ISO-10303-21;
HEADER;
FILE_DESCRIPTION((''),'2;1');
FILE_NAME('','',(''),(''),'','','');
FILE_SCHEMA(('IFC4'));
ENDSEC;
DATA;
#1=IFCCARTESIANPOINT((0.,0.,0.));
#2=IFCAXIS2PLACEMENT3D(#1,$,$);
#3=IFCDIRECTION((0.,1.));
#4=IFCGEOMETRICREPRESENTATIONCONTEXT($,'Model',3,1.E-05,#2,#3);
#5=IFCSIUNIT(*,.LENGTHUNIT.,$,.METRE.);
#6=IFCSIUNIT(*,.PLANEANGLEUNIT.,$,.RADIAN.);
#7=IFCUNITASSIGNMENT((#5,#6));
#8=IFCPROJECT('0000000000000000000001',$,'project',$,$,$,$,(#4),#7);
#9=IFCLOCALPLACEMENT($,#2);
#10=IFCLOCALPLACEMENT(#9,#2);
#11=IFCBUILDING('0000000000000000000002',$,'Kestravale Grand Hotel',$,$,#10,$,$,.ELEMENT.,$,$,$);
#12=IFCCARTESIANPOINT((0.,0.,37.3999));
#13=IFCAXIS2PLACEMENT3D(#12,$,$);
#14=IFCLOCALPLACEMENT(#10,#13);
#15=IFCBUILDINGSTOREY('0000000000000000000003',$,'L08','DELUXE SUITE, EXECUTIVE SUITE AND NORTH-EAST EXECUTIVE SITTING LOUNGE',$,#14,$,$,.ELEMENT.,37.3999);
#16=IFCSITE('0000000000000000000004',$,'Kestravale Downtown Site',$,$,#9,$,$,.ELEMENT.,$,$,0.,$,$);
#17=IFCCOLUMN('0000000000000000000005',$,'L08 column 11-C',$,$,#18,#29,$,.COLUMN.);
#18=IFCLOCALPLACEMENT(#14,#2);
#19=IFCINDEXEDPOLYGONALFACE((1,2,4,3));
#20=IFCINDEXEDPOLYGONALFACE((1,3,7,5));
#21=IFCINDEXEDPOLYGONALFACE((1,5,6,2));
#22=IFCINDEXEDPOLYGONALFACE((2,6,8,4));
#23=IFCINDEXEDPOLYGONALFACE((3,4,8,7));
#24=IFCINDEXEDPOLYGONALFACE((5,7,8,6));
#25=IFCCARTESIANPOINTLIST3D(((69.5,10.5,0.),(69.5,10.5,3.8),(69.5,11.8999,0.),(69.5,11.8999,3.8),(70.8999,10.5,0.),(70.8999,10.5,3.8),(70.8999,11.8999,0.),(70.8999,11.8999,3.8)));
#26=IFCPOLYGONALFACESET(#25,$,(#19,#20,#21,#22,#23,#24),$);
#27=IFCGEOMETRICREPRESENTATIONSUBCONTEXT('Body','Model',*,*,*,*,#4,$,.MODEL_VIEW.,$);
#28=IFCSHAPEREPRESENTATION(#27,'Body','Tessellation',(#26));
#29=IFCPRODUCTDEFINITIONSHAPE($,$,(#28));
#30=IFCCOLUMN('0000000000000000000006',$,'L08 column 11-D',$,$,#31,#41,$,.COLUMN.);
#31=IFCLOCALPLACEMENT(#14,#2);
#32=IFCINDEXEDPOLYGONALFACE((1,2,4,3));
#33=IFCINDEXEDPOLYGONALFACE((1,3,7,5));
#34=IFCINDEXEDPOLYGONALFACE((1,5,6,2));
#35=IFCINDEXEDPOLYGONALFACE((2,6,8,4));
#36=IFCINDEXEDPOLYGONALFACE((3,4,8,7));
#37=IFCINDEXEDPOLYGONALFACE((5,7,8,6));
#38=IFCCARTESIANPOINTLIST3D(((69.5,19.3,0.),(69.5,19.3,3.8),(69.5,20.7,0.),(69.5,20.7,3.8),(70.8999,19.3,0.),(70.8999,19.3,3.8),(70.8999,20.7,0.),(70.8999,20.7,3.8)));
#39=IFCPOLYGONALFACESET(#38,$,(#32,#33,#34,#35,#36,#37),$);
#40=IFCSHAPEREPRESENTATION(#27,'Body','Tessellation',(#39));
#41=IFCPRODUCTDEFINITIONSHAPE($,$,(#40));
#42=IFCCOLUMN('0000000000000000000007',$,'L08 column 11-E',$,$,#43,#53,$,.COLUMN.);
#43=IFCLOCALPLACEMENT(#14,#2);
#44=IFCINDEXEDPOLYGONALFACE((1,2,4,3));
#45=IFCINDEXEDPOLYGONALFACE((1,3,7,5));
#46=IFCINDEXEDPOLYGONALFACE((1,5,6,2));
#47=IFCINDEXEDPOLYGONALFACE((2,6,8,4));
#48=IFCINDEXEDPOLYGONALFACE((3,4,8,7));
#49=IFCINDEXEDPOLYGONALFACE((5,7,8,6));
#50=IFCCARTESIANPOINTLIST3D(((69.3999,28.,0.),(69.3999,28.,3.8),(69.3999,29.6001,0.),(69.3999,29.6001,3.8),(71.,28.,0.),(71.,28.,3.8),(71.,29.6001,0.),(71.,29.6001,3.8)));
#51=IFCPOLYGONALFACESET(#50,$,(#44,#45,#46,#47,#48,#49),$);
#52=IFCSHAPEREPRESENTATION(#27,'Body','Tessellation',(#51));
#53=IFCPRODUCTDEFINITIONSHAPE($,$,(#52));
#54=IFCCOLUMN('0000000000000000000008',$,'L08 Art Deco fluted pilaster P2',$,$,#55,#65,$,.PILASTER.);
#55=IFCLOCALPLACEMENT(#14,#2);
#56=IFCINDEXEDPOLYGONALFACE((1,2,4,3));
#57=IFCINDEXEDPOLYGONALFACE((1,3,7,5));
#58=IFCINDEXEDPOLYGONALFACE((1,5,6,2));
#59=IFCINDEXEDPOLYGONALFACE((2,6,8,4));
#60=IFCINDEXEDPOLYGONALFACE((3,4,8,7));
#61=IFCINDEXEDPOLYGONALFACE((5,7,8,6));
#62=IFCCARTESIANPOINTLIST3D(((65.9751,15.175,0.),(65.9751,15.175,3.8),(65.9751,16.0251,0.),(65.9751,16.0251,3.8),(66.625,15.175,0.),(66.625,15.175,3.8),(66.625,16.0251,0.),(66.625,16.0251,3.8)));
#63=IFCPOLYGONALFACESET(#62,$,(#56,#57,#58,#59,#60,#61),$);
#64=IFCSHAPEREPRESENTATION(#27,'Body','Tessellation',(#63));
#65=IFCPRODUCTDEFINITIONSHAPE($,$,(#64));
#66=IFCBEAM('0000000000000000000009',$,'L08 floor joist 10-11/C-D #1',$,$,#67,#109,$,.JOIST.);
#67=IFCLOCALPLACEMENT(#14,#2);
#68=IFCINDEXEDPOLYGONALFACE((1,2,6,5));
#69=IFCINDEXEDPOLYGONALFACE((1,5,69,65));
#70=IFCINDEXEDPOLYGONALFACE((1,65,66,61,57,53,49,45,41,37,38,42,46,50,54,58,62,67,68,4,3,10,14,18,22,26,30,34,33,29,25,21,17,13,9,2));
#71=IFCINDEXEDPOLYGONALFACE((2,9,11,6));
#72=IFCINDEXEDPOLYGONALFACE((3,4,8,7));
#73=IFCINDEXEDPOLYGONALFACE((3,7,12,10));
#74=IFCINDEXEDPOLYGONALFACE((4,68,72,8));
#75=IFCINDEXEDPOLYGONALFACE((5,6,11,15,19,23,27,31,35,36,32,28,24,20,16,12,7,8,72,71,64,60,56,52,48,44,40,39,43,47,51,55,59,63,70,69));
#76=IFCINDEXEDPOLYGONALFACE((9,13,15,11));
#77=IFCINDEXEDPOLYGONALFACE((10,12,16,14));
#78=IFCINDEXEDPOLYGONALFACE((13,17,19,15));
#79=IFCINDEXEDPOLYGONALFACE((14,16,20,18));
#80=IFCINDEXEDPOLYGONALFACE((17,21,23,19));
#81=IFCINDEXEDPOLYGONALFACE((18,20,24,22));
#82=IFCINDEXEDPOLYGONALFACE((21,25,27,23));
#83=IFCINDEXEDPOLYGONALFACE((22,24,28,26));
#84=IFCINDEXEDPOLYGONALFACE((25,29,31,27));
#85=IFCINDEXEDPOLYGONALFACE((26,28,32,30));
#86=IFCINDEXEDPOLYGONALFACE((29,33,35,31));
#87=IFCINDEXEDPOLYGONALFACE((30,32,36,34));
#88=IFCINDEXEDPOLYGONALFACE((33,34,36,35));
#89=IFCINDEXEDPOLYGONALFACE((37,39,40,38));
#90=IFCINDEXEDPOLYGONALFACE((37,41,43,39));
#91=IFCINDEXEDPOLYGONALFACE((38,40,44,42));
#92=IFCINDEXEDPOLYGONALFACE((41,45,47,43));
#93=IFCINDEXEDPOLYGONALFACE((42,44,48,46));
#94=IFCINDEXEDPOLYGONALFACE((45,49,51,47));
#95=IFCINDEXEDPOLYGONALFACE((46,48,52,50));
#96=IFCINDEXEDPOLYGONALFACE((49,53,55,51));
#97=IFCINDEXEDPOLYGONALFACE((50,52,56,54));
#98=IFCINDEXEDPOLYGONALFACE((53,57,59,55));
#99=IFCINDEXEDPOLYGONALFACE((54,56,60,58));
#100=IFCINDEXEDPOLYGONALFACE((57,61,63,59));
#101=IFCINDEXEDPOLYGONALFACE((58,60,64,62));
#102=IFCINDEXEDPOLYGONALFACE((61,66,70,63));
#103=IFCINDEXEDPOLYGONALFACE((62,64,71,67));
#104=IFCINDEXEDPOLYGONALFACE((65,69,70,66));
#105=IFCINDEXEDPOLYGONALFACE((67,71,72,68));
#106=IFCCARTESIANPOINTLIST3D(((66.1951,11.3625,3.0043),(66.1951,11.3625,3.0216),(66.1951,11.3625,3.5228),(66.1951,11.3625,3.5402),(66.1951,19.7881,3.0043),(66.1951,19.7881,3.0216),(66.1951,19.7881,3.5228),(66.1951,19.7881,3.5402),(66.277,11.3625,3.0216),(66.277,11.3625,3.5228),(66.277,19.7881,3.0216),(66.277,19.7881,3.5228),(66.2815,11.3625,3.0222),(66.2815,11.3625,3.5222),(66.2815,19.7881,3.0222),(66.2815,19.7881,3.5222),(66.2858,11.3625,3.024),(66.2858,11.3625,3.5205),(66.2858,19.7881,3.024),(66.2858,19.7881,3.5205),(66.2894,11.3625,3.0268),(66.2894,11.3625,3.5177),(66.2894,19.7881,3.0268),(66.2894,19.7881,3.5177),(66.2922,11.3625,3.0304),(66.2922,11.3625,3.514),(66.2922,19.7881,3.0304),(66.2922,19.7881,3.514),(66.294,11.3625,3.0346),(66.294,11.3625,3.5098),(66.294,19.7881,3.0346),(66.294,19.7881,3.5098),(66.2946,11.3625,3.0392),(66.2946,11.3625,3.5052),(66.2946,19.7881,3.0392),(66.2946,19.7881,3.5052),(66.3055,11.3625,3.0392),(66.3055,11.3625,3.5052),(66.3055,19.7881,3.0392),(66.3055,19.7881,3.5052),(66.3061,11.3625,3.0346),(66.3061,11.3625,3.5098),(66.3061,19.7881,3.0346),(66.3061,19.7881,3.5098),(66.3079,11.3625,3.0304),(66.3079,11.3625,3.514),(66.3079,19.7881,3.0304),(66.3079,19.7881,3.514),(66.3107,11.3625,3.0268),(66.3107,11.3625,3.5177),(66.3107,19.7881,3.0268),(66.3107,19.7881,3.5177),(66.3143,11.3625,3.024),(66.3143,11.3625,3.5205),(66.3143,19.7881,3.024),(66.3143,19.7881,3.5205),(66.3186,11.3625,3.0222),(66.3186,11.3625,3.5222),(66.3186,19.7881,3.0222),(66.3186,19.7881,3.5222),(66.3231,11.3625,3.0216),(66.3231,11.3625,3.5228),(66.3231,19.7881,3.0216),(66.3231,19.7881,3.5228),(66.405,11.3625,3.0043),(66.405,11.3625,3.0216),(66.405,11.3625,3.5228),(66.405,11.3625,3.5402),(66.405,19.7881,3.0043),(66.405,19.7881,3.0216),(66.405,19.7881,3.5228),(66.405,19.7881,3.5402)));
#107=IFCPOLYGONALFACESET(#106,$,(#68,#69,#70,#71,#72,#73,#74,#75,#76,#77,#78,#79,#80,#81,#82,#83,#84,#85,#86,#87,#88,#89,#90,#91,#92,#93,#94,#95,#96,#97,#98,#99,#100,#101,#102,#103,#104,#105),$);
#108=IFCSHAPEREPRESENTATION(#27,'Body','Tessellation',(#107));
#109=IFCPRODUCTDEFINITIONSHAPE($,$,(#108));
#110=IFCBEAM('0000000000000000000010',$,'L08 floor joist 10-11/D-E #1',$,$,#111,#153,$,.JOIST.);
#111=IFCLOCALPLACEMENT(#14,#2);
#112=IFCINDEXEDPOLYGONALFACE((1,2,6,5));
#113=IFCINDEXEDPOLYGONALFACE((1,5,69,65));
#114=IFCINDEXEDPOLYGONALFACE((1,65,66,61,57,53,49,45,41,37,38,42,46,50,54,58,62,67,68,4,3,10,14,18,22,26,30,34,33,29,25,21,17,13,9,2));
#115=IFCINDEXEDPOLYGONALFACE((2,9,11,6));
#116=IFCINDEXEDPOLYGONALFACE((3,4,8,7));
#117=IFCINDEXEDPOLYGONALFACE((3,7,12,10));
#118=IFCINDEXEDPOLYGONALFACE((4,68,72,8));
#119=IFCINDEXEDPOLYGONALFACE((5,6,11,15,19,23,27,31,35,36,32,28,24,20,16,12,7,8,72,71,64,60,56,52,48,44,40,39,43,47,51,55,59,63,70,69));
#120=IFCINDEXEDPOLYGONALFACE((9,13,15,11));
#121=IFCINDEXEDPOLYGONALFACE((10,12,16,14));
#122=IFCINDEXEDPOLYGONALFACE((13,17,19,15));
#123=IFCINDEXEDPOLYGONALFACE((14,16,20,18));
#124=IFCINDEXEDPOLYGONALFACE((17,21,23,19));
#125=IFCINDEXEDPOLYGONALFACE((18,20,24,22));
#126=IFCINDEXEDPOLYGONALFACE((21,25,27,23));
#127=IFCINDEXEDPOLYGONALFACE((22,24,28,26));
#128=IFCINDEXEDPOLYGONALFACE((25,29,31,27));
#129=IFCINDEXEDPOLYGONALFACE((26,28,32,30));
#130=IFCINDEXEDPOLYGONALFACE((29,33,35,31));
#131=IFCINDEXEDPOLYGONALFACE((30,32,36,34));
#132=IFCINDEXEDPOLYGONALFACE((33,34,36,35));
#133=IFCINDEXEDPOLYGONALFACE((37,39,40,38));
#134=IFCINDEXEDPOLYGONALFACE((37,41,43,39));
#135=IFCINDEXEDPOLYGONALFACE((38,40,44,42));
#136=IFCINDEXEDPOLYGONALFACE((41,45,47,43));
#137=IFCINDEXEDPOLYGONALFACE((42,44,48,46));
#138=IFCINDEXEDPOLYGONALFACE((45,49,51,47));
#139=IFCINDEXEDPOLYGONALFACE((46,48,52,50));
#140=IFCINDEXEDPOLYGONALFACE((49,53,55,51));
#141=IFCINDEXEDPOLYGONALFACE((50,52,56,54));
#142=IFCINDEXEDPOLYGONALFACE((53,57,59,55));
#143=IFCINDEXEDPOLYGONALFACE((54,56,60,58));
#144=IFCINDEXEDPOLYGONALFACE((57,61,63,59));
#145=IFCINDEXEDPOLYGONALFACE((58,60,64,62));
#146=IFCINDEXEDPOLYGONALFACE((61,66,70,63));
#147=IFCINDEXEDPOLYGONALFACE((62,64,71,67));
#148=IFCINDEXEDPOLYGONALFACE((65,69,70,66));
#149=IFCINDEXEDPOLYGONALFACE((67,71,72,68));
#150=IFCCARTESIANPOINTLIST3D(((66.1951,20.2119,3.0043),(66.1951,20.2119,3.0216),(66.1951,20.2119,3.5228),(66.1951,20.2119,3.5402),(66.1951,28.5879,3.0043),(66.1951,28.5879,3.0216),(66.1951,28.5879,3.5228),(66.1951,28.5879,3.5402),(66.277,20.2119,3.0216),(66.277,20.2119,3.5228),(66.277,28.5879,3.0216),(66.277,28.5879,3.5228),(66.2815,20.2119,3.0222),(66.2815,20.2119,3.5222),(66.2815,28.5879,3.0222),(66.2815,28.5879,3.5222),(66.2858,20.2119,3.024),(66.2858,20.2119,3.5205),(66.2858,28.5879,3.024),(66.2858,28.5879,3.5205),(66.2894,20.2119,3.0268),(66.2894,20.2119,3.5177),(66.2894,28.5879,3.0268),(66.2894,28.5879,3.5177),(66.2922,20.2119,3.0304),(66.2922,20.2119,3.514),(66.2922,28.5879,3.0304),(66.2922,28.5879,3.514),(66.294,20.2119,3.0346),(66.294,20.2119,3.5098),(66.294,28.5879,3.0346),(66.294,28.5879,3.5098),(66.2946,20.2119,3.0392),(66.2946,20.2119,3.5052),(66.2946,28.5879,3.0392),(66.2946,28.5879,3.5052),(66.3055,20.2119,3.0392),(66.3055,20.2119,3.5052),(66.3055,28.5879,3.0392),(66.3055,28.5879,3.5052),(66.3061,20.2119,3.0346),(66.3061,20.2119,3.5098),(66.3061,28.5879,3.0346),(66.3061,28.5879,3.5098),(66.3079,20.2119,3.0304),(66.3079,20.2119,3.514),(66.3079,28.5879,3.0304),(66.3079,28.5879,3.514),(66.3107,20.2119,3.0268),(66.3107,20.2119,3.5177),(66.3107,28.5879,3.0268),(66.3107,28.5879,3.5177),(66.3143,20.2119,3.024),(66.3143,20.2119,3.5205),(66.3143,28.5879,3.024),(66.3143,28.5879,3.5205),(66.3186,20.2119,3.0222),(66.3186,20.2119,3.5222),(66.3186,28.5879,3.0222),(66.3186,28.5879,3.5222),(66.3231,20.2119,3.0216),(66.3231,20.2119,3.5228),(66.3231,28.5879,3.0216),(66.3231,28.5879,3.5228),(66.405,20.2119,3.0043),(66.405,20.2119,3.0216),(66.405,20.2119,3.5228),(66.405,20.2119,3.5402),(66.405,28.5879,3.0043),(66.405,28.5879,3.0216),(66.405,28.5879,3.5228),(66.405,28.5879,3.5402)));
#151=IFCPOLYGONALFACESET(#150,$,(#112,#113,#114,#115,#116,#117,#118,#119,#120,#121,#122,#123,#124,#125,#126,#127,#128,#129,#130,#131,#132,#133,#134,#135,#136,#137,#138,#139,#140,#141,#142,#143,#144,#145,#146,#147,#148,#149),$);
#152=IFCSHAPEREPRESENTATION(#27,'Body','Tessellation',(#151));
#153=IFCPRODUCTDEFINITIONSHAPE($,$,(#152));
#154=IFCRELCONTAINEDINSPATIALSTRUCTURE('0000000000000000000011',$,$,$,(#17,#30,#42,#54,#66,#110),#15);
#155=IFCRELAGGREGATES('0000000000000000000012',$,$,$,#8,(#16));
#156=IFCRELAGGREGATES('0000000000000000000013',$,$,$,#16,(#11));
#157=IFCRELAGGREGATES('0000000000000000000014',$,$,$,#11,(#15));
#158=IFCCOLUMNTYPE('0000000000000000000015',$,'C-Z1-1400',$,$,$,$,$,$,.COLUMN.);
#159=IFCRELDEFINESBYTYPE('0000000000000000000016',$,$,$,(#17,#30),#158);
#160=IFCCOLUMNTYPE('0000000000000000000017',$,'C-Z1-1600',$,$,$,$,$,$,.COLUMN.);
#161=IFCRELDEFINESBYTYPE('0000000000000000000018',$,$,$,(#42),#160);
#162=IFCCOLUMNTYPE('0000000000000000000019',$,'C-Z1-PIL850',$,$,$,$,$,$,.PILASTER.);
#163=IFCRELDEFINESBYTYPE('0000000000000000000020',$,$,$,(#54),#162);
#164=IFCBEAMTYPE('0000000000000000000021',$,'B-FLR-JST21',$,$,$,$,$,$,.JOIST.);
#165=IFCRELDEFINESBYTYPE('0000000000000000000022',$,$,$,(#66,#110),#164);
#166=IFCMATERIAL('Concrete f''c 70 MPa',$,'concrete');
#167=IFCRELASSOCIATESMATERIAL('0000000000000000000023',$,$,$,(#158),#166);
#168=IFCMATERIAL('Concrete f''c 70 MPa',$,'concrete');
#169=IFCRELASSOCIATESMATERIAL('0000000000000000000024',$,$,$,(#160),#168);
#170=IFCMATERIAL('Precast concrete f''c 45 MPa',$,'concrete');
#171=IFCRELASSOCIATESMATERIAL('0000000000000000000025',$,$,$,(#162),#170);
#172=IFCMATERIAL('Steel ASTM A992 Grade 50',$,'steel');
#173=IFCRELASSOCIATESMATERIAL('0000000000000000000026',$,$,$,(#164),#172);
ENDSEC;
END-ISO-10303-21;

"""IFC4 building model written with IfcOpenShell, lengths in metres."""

from ifc_helpers import new_model, si_unit, direction, frame, origin, origin_2d, place, context, subcontext, project, spatial, rectangle, i_section, extrude, material, material_profile, profile_set, type_object, element, save


model = new_model("IFC4")

# Units and contexts
model_context = context("Model", 3, precision=1e-05, world=origin(), true_north=direction((0.0, 1.0)))
body_context = subcontext(model_context, "Body", "Model", "MODEL_VIEW")
ifc_project = project(units=[si_unit("LENGTHUNIT", "METRE"), si_unit("PLANEANGLEUNIT", "RADIAN")], contexts=[model_context])

# Site, building, storey
site_placement = place(None, origin())
site = spatial("IfcSite", under=ifc_project, at=site_placement, Name="Kestravale Downtown Site", CompositionType="ELEMENT", RefElevation=0.0)
building_placement = place(site_placement, origin())
building = spatial("IfcBuilding", under=site, at=building_placement, Name="Kestravale Grand Hotel", CompositionType="ELEMENT")
storey_placement = place(building_placement, frame((0.0, 0.0, 37.3999)))
storey = spatial("IfcBuildingStorey", under=building, at=storey_placement, Name="L08", Description="DELUXE SUITE, EXECUTIVE SUITE AND NORTH-EAST EXECUTIVE SITTING LOUNGE", CompositionType="ELEMENT", Elevation=37.3999)

# Columns
ifc_material_1 = material(Name="Concrete f'c 70 MPa", Category="concrete")
ifc_material_profile_1 = material_profile(ifc_material_1, rectangle(XDim=1.3999, YDim=1.3999, at=origin_2d()))
ifc_profile_set_1 = profile_set([ifc_material_profile_1], Name="Concrete f'c 70 MPa")
column_type_1 = type_object("IfcColumnType", Name="C-Z1-1400", PredefinedType="COLUMN", material=ifc_profile_set_1)
for number, where, z_axis, x_axis, name in (
    (1, (70.2, 11.2, 0.0), (0.0, 0.0, 1.0), (1.0, 0.0, 0.0), "L08 column 11-C"),
    (2, (70.2, 20.0, 0.0), (0.0, 0.0, 1.0), (1.0, 0.0, 0.0), "L08 column 11-D"),
):
    element("IfcColumn", number, at=place(storey_placement, frame(where, z_axis=z_axis, x_axis=x_axis)), inside=storey, type_object=column_type_1, Name=name, PredefinedType="COLUMN", context=body_context, shape_type="SweptSolid", body=[
        extrude(rectangle(XDim=1.3999, YDim=1.3999, at=origin_2d()), origin(), (0.0, 0.0, 1.0), 3.8),
    ])
ifc_material_2 = material(Name="Concrete f'c 70 MPa", Category="concrete")
ifc_material_profile_2 = material_profile(ifc_material_2, rectangle(XDim=1.6001, YDim=1.6001, at=origin_2d()))
ifc_profile_set_2 = profile_set([ifc_material_profile_2], Name="Concrete f'c 70 MPa")
column_type_2 = type_object("IfcColumnType", Name="C-Z1-1600", PredefinedType="COLUMN", material=ifc_profile_set_2)
column_1_placement = place(storey_placement, frame((70.2, 28.8, 0.0), z_axis=(0.0, 0.0, 1.0), x_axis=(1.0, 0.0, 0.0)))
element("IfcColumn", 3, at=column_1_placement, inside=storey, type_object=column_type_2, Name="L08 column 11-E", PredefinedType="COLUMN", context=body_context, shape_type="SweptSolid", body=[
    extrude(rectangle(XDim=1.6001, YDim=1.6001, at=origin_2d()), origin(), (0.0, 0.0, 1.0), 3.8),
])
ifc_material_3 = material(Name="Precast concrete f'c 45 MPa", Category="concrete")
ifc_material_profile_3 = material_profile(ifc_material_3, rectangle(XDim=0.6499, YDim=0.8501, at=origin_2d()))
ifc_profile_set_3 = profile_set([ifc_material_profile_3], Name="Precast concrete f'c 45 MPa")
column_type_3 = type_object("IfcColumnType", Name="C-Z1-PIL850", PredefinedType="PILASTER", material=ifc_profile_set_3)
column_2_placement = place(storey_placement, frame((66.3, 15.6001, 0.0), z_axis=(0.0, 0.0, 1.0), x_axis=(1.0, 0.0, 0.0)))
element("IfcColumn", 4, at=column_2_placement, inside=storey, type_object=column_type_3, Name="L08 Art Deco fluted pilaster P2", PredefinedType="PILASTER", context=body_context, shape_type="SweptSolid", body=[
    extrude(rectangle(XDim=0.6499, YDim=0.8501, at=origin_2d()), origin(), (0.0, 0.0, 1.0), 3.8),
])

# Beams
ifc_material_4 = material(Name="Steel ASTM A992 Grade 50", Category="steel")
ifc_material_profile_4 = material_profile(ifc_material_4, i_section(OverallWidth=0.21, OverallDepth=0.5359, WebThickness=0.011, FlangeThickness=0.0173, FilletRadius=0.0176, at=origin_2d()))
ifc_profile_set_4 = profile_set([ifc_material_profile_4], Name="Steel ASTM A992 Grade 50")
beam_type_1 = type_object("IfcBeamType", Name="B-FLR-JST21", PredefinedType="JOIST", material=ifc_profile_set_4)
beam_1_placement = place(storey_placement, frame((66.3, 11.3625, 3.2722), z_axis=(0.0, 1.0, 0.0), x_axis=(-1.0, 0.0, 0.0)))
element("IfcBeam", 5, at=beam_1_placement, inside=storey, type_object=beam_type_1, Name="L08 floor joist 10-11/C-D #1", PredefinedType="JOIST", context=body_context, shape_type="SweptSolid", body=[
    extrude(i_section(OverallWidth=0.21, OverallDepth=0.5359, WebThickness=0.011, FlangeThickness=0.0173, FilletRadius=0.0176, at=origin_2d()), origin(), (0.0, 0.0, 1.0), 8.4255),
])
beam_2_placement = place(storey_placement, frame((66.3, 20.2119, 3.2722), z_axis=(0.0, 1.0, 0.0), x_axis=(-1.0, 0.0, 0.0)))
element("IfcBeam", 6, at=beam_2_placement, inside=storey, type_object=beam_type_1, Name="L08 floor joist 10-11/D-E #1", PredefinedType="JOIST", context=body_context, shape_type="SweptSolid", body=[
    extrude(i_section(OverallWidth=0.21, OverallDepth=0.5359, WebThickness=0.011, FlangeThickness=0.0173, FilletRadius=0.0176, at=origin_2d()), origin(), (0.0, 0.0, 1.0), 8.376),
])

save(model, "model.ifc")
